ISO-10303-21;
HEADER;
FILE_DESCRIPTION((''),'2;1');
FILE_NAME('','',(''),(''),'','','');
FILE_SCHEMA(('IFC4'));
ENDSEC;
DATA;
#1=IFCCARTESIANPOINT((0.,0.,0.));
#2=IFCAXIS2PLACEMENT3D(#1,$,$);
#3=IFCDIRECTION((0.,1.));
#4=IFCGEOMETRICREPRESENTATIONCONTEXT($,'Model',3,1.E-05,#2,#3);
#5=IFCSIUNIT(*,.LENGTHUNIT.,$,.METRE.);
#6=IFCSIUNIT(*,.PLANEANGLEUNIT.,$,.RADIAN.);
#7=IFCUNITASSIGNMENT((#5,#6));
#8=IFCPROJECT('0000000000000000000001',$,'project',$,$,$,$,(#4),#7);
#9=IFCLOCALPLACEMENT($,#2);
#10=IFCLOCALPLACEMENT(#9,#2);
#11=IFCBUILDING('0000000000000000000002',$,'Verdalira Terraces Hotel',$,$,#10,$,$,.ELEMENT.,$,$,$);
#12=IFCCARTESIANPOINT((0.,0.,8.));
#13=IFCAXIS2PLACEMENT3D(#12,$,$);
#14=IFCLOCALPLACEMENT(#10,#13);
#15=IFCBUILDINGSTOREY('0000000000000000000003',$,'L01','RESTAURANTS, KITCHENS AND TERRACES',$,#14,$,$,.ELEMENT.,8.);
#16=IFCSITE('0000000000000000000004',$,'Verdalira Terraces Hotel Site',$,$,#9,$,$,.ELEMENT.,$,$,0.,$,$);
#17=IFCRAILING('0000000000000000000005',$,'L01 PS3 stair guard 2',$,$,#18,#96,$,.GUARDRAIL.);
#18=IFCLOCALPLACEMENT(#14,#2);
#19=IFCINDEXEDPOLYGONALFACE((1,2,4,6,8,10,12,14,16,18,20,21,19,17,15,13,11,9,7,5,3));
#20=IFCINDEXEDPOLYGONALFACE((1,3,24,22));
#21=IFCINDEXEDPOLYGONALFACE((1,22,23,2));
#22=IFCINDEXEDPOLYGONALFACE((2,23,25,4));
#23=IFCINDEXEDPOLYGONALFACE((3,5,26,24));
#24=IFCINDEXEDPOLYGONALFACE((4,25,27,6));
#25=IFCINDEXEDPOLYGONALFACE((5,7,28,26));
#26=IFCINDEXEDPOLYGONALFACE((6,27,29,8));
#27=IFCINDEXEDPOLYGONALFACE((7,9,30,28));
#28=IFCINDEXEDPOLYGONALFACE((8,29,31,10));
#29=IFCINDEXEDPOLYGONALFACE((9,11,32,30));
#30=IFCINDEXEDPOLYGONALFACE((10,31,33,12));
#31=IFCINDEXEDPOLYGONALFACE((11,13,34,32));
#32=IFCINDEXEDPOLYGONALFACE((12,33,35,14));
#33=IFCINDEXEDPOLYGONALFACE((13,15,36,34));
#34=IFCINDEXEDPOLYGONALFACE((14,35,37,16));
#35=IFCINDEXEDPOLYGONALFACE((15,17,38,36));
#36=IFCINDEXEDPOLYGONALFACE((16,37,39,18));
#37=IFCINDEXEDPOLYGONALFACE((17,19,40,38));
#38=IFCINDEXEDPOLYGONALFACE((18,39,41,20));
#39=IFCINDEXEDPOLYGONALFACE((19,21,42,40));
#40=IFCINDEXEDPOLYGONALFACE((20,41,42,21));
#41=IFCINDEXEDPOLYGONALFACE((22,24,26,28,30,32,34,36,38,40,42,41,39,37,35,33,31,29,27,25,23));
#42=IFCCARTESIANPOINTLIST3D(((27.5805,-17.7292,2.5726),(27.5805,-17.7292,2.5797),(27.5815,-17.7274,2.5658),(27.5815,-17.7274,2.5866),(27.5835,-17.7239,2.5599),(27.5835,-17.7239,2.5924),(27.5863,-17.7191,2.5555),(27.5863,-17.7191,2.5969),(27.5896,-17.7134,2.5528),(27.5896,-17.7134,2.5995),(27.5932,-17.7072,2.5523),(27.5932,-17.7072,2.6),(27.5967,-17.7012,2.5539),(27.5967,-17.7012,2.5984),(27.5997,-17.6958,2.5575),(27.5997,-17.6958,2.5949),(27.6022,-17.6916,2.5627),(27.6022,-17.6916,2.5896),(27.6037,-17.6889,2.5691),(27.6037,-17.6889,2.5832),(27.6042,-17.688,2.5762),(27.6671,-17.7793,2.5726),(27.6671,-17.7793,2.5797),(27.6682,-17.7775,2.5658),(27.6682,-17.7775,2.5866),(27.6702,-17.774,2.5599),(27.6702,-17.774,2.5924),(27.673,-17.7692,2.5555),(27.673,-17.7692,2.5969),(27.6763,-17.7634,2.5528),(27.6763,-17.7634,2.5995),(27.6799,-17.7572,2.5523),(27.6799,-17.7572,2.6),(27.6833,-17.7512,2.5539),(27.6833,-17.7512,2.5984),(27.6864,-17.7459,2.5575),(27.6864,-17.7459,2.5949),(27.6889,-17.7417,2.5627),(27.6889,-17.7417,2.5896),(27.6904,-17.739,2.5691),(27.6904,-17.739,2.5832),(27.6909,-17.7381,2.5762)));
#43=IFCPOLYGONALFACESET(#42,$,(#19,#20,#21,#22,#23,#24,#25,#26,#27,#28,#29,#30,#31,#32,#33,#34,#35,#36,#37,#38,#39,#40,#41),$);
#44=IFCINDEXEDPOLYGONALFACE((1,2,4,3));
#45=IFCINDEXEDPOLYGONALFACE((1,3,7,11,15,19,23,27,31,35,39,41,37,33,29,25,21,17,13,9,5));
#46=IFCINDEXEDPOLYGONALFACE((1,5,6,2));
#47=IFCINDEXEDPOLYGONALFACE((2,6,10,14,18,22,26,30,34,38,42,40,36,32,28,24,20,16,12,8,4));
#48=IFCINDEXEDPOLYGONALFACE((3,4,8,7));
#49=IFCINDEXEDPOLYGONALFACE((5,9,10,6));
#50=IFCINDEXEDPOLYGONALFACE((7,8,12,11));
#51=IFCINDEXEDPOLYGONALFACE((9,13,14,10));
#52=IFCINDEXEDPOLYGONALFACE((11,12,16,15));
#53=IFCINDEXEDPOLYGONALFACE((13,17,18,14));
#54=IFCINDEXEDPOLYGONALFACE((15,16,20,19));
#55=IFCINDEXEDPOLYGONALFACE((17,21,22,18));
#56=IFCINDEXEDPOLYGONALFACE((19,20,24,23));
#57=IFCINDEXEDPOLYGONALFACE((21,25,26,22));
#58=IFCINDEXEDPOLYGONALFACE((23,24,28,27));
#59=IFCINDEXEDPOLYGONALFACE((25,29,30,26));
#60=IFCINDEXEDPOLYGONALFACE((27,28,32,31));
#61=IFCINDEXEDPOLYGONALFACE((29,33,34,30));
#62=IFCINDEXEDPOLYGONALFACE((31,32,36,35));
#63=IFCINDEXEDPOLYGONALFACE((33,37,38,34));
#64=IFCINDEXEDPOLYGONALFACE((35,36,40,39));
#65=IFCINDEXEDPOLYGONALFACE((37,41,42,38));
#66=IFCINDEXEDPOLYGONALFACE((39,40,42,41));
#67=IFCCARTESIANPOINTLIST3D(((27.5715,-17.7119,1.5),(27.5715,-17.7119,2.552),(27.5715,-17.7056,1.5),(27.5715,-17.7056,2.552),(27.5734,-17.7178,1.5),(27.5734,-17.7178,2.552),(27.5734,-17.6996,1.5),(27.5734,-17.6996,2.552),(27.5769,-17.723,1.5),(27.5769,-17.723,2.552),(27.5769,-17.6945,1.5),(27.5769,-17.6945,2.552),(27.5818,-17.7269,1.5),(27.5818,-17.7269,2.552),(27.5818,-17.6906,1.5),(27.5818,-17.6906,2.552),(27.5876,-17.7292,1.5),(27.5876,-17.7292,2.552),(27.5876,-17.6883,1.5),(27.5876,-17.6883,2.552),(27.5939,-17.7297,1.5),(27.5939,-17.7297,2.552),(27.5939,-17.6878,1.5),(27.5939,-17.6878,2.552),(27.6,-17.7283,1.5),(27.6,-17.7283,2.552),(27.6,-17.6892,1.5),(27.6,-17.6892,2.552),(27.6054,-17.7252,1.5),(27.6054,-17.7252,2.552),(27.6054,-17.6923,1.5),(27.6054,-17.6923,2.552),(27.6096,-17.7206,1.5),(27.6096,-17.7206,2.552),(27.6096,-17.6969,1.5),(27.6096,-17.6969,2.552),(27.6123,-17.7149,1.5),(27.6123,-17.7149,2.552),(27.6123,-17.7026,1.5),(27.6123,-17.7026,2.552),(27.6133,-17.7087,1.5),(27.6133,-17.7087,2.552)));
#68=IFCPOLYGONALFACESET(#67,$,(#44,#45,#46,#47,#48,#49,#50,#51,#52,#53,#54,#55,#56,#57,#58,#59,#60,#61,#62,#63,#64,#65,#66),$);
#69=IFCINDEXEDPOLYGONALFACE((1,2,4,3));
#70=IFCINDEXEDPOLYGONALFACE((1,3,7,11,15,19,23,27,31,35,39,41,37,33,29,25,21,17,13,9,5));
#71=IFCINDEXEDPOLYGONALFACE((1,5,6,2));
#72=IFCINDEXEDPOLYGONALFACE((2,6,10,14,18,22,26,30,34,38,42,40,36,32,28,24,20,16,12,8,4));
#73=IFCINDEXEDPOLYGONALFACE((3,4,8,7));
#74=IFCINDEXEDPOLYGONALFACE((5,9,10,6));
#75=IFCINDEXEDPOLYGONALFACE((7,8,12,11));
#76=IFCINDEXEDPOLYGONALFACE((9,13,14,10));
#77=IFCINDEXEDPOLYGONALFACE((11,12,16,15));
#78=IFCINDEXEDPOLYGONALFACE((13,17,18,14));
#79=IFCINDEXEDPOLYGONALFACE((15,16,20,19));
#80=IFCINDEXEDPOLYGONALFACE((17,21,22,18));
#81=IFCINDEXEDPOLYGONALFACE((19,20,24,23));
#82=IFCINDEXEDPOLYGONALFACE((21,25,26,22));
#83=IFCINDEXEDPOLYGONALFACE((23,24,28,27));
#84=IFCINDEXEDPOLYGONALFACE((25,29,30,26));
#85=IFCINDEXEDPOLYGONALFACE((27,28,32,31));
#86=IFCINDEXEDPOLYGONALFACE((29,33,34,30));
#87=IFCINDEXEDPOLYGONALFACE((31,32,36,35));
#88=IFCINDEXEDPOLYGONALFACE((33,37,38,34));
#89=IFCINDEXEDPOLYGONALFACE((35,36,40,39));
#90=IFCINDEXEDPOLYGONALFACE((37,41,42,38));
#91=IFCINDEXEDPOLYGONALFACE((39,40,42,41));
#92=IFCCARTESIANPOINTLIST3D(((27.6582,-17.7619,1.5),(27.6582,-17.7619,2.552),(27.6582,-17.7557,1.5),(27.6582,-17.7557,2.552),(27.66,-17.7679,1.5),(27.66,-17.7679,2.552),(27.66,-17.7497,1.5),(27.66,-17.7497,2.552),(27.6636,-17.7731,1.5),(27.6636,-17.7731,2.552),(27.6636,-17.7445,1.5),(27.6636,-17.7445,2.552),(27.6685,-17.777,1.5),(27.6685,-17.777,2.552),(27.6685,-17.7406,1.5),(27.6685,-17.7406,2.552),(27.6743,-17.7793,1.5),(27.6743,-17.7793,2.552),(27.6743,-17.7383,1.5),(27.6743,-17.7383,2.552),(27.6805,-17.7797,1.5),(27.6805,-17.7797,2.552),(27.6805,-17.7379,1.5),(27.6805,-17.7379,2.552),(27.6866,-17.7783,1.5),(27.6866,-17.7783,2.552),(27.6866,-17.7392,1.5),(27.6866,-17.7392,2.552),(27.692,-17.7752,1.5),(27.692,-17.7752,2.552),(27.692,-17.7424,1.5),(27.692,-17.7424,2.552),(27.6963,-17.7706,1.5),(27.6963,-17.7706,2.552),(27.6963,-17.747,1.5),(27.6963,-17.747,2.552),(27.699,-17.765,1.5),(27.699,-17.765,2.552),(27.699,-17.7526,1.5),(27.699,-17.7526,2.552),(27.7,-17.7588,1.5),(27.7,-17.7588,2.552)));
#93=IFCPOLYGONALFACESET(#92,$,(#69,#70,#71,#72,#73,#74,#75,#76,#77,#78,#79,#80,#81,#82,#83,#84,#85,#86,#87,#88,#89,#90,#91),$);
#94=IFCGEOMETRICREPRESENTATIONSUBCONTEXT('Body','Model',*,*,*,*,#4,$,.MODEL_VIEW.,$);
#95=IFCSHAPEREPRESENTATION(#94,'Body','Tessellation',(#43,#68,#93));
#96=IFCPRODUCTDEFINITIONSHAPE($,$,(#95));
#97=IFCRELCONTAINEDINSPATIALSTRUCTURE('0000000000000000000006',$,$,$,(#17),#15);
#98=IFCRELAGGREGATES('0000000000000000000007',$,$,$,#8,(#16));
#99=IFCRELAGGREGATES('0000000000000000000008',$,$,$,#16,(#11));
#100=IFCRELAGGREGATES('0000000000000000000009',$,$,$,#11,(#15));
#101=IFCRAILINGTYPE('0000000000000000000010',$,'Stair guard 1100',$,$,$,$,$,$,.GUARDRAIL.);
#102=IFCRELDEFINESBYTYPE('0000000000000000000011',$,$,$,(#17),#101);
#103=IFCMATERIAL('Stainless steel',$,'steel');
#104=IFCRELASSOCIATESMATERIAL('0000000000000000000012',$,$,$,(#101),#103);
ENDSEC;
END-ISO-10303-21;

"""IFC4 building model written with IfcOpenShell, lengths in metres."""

from ifc_helpers import new_model, si_unit, direction, frame, origin, origin_2d, place, context, subcontext, project, spatial, circle, extrude, material, type_object, element, save


model = new_model("IFC4")

# Units and contexts
model_context = context("Model", 3, precision=1e-05, world=origin(), true_north=direction((0.0, 1.0)))
body_context = subcontext(model_context, "Body", "Model", "MODEL_VIEW")
ifc_project = project(units=[si_unit("LENGTHUNIT", "METRE"), si_unit("PLANEANGLEUNIT", "RADIAN")], contexts=[model_context])

# Site, building, storey
site_placement = place(None, origin())
site = spatial("IfcSite", under=ifc_project, at=site_placement, Name="Verdalira Terraces Hotel Site", CompositionType="ELEMENT", RefElevation=0.0)
building_placement = place(site_placement, origin())
building = spatial("IfcBuilding", under=site, at=building_placement, Name="Verdalira Terraces Hotel", CompositionType="ELEMENT")
storey_placement = place(building_placement, frame((0.0, 0.0, 8.0)))
storey = spatial("IfcBuildingStorey", under=building, at=storey_placement, Name="L01", Description="RESTAURANTS, KITCHENS AND TERRACES", CompositionType="ELEMENT", Elevation=8.0)

# Railing
ifc_material_1 = material(Name="Stainless steel", Category="steel")
railing_type_1 = type_object("IfcRailingType", Name="Stair guard 1100", PredefinedType="GUARDRAIL", material=ifc_material_1)
railing_1_placement = place(storey_placement, frame((27.5923, -17.7087, 1.5)))
element("IfcRailing", 1, at=railing_1_placement, inside=storey, type_object=railing_type_1, Name="L01 PS3 stair guard 2", PredefinedType="GUARDRAIL", context=body_context, shape_type="SweptSolid", body=[
    extrude(circle(Radius=0.0239, at=origin_2d()), frame((0.0, 0.0, 1.0762), z_axis=(0.865982, -0.500074, 0.0), x_axis=(0.500074, 0.865982, 0.0)), (0.0, 0.0, 1.0), 0.1001),
    extrude(circle(Radius=0.021, at=origin_2d()), origin(), (0.0, 0.0, 1.0), 1.052),
    extrude(circle(Radius=0.021, at=origin_2d()), frame((0.0867, -0.05, 0.0)), (0.0, 0.0, 1.0), 1.052),
])

save(model, "model.ifc")
